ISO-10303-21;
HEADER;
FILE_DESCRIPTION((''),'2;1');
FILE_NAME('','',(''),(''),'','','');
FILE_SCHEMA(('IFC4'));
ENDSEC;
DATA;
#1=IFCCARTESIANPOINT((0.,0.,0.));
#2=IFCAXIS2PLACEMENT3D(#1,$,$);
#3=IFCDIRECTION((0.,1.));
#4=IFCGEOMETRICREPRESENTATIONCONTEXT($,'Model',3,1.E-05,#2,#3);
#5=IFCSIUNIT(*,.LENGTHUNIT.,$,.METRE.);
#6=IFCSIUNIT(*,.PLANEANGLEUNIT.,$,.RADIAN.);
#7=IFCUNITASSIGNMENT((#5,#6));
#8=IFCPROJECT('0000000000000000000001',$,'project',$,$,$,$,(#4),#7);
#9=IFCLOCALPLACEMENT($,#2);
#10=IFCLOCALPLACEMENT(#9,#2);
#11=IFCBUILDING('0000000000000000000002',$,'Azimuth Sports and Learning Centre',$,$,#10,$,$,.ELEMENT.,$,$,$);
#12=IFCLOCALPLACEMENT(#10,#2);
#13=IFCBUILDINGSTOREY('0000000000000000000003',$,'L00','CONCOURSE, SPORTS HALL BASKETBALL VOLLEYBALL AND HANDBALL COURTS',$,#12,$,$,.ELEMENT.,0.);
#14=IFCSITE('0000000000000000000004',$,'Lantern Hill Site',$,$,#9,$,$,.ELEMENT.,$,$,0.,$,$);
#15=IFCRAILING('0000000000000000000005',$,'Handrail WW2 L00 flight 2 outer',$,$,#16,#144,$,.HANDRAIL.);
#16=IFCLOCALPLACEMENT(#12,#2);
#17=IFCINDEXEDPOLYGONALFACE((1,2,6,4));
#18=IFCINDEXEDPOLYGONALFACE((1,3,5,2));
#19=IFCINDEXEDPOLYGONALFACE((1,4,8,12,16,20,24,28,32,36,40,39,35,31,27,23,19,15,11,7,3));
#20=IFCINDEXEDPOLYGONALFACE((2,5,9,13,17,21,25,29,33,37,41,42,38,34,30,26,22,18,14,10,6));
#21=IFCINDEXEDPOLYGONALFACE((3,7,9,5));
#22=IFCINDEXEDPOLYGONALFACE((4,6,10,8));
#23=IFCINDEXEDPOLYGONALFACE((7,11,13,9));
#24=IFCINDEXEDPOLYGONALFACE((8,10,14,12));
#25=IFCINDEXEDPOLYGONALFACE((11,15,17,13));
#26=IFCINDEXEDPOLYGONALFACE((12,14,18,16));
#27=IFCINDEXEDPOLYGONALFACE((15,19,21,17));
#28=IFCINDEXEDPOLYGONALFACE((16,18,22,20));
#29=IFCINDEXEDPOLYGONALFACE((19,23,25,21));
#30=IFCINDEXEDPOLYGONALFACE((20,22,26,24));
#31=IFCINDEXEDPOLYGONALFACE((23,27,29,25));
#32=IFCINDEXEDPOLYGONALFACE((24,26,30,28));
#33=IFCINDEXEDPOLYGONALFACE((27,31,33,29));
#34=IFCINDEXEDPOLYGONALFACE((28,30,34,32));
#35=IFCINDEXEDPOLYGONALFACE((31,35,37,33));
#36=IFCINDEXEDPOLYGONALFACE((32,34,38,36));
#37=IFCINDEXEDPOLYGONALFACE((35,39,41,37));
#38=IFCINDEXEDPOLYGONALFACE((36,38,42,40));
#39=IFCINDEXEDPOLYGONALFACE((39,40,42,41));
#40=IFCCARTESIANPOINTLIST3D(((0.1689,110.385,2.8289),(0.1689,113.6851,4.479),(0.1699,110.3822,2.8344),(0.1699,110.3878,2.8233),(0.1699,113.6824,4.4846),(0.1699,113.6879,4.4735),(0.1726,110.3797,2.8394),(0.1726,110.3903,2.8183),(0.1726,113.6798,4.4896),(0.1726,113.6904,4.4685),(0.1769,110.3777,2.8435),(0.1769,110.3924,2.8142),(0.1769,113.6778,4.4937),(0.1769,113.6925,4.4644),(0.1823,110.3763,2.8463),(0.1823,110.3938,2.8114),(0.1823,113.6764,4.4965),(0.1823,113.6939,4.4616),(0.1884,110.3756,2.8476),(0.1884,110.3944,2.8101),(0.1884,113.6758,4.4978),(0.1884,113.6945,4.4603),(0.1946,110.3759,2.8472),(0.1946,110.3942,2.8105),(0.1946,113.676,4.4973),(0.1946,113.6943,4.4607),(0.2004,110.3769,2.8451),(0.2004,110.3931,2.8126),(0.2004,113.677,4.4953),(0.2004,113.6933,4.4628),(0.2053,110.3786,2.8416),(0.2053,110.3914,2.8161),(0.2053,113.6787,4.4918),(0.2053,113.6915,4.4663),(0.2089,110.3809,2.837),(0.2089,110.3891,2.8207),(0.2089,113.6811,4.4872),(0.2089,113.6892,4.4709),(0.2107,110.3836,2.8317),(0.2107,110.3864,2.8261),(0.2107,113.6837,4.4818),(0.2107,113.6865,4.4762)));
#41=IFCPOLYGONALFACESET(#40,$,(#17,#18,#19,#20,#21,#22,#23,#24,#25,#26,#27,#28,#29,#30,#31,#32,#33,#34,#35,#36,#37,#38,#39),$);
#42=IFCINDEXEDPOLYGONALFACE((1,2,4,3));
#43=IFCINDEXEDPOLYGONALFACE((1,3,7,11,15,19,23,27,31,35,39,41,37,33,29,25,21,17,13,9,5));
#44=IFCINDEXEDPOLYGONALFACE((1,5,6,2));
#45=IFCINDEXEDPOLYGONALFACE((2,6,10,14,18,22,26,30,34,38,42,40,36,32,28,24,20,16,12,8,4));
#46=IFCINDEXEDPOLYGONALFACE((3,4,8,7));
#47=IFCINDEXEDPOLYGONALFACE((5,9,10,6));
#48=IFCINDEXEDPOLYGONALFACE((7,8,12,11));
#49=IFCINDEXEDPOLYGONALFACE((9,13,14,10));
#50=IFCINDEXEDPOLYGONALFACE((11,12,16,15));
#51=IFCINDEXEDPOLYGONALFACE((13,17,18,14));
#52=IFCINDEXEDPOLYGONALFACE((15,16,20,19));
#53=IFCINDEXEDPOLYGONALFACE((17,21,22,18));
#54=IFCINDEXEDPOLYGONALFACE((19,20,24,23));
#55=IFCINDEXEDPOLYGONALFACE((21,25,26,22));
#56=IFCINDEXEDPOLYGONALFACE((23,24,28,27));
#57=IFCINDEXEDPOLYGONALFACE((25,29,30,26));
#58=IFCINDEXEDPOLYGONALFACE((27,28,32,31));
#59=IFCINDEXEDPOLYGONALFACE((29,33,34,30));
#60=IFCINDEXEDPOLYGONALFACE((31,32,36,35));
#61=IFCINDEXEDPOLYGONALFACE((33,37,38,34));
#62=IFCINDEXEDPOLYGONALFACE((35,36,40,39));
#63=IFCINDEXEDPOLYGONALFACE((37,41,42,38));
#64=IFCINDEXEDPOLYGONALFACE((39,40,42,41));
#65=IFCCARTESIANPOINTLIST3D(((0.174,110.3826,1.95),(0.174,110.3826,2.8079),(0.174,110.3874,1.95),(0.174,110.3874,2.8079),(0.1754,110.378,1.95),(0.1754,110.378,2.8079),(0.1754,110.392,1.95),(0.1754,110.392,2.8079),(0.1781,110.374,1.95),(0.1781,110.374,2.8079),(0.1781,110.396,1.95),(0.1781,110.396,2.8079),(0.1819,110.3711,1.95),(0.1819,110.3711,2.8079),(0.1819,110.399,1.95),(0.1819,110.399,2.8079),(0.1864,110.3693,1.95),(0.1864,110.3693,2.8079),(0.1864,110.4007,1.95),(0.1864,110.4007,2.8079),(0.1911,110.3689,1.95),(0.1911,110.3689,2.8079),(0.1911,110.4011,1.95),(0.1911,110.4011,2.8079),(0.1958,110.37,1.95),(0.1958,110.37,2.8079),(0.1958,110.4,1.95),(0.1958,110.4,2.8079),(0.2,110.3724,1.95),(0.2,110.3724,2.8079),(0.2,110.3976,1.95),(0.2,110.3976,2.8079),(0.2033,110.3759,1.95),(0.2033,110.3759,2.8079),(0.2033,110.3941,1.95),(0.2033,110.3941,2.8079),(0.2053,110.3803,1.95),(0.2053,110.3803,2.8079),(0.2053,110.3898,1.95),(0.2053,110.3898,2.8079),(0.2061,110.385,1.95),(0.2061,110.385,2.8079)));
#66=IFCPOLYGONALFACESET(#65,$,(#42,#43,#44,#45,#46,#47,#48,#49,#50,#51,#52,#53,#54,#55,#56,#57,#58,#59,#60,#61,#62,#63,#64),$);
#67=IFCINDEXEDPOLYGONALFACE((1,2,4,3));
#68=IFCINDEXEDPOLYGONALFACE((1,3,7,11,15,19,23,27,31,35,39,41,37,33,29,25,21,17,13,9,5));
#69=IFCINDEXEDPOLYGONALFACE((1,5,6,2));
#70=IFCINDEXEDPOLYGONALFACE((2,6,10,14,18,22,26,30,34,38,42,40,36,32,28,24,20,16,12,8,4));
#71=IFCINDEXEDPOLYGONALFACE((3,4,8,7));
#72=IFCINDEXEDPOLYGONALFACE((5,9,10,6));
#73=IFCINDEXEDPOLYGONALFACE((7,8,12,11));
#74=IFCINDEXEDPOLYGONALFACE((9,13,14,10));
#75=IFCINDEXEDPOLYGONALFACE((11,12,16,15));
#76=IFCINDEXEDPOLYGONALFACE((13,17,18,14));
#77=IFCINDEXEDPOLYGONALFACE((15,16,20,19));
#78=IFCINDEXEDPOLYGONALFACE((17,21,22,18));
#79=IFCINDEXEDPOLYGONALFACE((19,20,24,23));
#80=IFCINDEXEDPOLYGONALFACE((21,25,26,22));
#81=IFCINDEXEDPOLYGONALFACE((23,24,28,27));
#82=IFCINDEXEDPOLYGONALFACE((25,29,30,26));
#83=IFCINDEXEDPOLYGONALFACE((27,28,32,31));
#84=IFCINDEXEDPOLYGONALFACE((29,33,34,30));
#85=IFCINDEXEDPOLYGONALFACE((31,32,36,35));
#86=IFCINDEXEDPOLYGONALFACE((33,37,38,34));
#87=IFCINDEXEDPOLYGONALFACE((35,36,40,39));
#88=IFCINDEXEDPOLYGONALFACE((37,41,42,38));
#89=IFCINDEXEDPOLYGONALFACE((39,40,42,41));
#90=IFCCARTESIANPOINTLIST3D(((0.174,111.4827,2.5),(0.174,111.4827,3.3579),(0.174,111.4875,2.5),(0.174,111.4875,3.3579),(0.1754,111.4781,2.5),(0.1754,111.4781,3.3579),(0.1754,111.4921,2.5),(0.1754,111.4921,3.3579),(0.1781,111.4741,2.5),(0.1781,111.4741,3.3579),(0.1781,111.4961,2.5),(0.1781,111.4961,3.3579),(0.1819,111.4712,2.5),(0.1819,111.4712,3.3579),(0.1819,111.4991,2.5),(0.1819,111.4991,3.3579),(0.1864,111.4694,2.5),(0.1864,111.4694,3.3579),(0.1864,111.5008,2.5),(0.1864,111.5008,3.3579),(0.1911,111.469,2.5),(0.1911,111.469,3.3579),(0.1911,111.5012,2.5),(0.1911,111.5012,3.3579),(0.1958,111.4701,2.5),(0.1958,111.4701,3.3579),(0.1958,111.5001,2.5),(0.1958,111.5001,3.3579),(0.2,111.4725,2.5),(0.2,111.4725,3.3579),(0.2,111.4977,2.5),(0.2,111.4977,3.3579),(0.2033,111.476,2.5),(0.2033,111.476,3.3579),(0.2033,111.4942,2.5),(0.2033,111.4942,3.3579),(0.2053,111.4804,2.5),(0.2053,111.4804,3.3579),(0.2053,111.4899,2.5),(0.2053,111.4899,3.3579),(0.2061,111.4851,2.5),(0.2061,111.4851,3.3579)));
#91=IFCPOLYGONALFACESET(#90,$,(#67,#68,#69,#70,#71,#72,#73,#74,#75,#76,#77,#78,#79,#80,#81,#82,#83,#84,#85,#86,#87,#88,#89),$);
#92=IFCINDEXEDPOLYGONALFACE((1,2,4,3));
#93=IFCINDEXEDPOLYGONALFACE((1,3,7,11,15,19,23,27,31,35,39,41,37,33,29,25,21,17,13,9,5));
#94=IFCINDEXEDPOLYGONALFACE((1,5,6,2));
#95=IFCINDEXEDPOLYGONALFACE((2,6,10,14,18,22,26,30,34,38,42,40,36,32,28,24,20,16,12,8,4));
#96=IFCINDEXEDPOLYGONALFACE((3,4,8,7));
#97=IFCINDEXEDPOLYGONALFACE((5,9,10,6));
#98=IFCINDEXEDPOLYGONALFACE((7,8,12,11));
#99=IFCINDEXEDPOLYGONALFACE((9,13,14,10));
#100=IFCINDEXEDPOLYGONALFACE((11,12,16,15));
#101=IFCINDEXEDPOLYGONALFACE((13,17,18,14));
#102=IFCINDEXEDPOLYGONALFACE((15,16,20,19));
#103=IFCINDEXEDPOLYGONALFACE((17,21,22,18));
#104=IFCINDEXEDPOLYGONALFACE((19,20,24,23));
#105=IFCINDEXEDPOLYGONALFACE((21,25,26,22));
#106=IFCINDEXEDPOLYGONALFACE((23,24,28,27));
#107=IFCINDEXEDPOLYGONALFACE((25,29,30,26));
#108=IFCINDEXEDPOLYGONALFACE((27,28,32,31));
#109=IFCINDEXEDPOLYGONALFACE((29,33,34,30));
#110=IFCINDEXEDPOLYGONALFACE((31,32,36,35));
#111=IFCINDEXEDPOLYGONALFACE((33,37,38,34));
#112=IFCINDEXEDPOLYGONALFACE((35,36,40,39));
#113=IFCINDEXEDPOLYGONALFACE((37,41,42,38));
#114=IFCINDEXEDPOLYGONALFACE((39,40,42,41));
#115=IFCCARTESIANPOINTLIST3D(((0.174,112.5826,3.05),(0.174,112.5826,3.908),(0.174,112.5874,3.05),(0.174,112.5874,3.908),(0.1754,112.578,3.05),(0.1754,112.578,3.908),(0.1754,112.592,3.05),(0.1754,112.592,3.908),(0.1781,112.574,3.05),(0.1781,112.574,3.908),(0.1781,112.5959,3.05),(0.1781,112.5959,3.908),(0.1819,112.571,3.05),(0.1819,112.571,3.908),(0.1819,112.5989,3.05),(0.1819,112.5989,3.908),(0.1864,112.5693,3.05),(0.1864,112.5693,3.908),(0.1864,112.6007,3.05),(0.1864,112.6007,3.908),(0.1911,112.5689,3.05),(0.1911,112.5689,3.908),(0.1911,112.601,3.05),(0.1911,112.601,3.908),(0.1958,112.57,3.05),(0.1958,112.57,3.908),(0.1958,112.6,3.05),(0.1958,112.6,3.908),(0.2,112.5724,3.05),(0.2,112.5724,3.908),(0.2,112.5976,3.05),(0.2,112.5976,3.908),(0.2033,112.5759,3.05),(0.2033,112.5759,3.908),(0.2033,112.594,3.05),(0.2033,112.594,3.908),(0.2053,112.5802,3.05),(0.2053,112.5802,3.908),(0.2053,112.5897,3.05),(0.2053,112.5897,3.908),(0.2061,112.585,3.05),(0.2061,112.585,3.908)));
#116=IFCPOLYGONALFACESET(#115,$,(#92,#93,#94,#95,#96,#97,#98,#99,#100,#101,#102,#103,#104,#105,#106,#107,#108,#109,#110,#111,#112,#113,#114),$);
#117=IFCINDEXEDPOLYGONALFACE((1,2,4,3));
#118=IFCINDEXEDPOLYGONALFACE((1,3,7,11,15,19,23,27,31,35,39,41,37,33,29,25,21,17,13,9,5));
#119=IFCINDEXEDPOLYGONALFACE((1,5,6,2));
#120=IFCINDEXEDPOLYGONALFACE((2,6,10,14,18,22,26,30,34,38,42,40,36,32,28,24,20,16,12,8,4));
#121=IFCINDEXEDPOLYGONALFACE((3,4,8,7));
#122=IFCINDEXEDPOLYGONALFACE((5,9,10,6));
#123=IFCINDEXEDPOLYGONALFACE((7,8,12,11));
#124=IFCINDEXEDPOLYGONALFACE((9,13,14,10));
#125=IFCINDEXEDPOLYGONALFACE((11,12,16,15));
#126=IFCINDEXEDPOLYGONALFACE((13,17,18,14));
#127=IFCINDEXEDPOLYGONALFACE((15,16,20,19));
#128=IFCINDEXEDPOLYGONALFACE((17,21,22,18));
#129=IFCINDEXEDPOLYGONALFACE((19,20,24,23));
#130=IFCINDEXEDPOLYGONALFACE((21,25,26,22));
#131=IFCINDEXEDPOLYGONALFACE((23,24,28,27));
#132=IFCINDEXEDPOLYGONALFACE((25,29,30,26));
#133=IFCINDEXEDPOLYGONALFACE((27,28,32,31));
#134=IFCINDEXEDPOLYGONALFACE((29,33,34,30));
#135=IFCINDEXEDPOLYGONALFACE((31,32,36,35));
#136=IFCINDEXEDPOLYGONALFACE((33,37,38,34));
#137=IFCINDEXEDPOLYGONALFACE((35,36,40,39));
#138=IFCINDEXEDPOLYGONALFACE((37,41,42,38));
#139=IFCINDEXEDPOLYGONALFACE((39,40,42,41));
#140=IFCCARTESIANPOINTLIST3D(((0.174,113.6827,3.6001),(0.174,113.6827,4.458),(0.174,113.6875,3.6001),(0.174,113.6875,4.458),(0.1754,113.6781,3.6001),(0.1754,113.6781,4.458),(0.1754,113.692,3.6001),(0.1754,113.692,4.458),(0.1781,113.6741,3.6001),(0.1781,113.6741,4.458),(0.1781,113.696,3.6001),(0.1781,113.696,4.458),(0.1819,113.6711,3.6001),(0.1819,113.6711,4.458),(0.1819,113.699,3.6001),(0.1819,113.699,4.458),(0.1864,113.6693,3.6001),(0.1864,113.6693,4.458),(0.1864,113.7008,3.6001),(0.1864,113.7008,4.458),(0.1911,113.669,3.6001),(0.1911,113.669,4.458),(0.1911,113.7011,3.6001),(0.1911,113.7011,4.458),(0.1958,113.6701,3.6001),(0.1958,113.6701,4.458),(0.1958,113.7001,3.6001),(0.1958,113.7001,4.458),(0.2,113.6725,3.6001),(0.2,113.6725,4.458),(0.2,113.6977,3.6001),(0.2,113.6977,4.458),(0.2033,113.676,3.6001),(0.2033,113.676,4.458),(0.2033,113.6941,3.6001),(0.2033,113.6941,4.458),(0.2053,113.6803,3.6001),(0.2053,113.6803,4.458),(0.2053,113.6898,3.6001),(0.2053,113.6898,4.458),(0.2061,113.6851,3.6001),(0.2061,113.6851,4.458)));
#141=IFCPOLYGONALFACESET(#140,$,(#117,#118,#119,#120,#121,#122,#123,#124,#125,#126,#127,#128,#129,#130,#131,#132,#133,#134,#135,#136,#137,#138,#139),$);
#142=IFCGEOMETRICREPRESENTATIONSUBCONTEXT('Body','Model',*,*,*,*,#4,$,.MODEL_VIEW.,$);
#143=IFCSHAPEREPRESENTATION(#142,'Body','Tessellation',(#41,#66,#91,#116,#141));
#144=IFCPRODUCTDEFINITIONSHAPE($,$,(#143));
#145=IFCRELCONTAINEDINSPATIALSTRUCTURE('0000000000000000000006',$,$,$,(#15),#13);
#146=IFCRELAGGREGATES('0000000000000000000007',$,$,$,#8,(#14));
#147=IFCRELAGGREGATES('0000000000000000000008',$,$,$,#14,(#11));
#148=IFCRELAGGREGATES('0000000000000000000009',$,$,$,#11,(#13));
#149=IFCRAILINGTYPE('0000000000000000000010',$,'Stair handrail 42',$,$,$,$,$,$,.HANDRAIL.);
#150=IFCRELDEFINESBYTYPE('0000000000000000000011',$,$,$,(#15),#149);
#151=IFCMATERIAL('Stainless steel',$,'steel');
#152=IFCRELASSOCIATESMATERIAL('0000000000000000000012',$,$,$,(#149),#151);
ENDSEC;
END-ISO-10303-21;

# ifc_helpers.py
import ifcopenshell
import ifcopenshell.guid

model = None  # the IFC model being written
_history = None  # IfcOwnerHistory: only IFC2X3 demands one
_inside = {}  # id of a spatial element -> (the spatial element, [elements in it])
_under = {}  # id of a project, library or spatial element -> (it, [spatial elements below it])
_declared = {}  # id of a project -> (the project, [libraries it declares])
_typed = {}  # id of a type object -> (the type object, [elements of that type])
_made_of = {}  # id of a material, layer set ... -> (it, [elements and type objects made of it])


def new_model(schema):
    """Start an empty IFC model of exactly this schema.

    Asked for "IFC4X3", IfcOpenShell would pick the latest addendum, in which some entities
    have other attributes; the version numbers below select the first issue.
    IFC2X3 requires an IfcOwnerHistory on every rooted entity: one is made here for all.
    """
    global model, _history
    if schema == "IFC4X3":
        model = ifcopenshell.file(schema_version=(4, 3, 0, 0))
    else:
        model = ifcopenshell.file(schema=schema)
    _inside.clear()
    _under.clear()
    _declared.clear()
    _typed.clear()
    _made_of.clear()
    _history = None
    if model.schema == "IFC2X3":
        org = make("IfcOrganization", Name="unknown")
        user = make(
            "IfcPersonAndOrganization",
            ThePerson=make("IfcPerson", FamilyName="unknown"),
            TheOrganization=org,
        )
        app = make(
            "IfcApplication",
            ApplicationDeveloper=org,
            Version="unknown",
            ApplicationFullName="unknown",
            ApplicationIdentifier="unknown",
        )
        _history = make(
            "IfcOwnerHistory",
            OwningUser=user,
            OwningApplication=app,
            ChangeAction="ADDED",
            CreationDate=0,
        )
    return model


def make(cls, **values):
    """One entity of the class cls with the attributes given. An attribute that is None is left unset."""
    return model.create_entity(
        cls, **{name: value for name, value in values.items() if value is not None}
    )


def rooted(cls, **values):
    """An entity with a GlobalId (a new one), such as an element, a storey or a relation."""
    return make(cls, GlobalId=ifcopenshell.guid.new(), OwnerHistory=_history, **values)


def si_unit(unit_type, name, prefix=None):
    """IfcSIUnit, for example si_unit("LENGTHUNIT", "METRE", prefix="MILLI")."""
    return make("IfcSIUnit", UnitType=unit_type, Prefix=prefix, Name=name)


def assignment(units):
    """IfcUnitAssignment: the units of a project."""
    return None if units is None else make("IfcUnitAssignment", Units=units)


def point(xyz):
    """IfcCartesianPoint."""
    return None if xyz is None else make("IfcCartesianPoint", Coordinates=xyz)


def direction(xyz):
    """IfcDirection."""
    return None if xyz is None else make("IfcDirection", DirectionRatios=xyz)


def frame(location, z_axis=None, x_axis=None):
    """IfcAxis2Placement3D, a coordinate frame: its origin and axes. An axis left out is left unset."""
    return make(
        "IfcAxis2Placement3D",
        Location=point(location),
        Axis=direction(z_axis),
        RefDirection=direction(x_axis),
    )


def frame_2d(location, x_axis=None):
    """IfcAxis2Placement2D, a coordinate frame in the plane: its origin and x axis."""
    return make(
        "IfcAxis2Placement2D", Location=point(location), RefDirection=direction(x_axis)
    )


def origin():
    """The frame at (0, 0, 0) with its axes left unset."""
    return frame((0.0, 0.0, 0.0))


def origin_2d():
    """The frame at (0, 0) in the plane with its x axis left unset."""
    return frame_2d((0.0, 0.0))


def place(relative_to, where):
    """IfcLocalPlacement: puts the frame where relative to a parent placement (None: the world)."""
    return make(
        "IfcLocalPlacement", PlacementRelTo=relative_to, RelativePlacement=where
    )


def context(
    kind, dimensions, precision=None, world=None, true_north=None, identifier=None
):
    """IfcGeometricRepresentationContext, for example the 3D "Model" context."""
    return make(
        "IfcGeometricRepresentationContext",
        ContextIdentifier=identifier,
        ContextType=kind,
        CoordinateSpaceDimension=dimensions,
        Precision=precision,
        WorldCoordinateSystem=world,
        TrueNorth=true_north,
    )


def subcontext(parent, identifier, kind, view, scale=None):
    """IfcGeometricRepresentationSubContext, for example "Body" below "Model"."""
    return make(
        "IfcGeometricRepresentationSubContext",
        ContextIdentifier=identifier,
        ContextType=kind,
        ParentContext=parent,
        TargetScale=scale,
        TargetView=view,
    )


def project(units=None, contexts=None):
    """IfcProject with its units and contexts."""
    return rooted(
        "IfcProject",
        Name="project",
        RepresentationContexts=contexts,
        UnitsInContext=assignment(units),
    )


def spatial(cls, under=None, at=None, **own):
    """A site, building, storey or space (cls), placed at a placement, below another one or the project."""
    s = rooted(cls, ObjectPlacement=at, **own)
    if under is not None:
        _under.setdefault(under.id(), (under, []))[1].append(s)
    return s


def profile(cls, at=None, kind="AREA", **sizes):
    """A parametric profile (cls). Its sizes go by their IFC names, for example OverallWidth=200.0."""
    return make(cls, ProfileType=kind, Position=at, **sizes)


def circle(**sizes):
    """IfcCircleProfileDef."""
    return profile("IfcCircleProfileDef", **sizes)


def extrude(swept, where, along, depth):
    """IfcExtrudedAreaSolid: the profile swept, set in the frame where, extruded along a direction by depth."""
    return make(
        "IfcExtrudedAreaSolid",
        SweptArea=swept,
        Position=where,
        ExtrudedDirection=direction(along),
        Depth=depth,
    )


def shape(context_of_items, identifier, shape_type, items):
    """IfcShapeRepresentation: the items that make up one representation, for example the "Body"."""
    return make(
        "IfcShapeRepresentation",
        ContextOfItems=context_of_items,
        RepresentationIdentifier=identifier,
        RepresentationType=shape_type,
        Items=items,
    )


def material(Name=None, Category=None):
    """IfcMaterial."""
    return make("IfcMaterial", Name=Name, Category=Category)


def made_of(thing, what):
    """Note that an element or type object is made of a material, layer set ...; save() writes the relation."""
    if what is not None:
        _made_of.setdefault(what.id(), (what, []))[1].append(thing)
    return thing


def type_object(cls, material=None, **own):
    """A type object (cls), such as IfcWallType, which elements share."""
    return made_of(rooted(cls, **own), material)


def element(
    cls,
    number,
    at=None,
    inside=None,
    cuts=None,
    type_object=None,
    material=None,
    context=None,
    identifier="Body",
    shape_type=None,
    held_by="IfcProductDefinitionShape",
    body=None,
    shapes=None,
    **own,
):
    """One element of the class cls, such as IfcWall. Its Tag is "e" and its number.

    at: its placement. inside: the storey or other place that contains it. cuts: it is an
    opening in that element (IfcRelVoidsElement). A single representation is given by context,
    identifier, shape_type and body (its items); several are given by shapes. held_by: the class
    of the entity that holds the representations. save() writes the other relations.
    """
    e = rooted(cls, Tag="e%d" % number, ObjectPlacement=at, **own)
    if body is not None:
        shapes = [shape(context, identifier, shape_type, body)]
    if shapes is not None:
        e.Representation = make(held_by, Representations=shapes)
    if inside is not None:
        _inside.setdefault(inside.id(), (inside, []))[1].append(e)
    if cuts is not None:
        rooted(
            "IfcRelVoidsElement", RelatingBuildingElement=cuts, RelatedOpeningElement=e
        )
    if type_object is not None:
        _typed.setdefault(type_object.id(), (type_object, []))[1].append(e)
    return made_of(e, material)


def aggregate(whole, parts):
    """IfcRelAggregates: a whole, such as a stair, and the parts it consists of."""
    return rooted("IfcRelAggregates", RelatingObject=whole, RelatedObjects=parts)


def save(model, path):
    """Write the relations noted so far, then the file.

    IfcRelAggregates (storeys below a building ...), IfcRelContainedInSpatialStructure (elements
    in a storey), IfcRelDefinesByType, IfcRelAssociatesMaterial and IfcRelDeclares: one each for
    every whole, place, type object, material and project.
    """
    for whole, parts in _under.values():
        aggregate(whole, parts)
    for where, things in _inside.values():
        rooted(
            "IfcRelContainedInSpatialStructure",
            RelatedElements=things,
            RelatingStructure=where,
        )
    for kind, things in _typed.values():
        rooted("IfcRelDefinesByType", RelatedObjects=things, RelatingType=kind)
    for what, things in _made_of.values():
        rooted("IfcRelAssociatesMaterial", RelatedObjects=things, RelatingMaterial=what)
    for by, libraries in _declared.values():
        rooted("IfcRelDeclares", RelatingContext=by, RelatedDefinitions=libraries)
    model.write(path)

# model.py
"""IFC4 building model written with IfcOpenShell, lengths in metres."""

from ifc_helpers import new_model, si_unit, direction, frame, origin, origin_2d, place, context, subcontext, project, spatial, circle, extrude, material, type_object, element, save


model = new_model("IFC4")

# Units and contexts
model_context = context("Model", 3, precision=1e-05, world=origin(), true_north=direction((0.0, 1.0)))
body_context = subcontext(model_context, "Body", "Model", "MODEL_VIEW")
ifc_project = project(units=[si_unit("LENGTHUNIT", "METRE"), si_unit("PLANEANGLEUNIT", "RADIAN")], contexts=[model_context])

# Site, building, storey
site_placement = place(None, origin())
site = spatial("IfcSite", under=ifc_project, at=site_placement, Name="Lantern Hill Site", CompositionType="ELEMENT", RefElevation=0.0)
building_placement = place(site_placement, origin())
building = spatial("IfcBuilding", under=site, at=building_placement, Name="Azimuth Sports and Learning Centre", CompositionType="ELEMENT")
storey_placement = place(building_placement, origin())
storey = spatial("IfcBuildingStorey", under=building, at=storey_placement, Name="L00", Description="CONCOURSE, SPORTS HALL BASKETBALL VOLLEYBALL AND HANDBALL COURTS", CompositionType="ELEMENT", Elevation=0.0)

# Railing
ifc_material_1 = material(Name="Stainless steel", Category="steel")
railing_type = type_object("IfcRailingType", Name="Stair handrail 42", PredefinedType="HANDRAIL", material=ifc_material_1)
for number, where, name in (
    (1, (0.1899, 110.385, 1.95), "Handrail WW2 L00 flight 2 outer"),
):
    element("IfcRailing", number, at=place(storey_placement, frame(where)), inside=storey, type_object=railing_type, Name=name, PredefinedType="HANDRAIL", context=body_context, shape_type="SweptSolid", body=[
        extrude(circle(Radius=0.021, at=origin_2d()), frame((0.0, 0.0, 0.8789), z_axis=(0.0, 0.894414, 0.44724), x_axis=(-1.0, 0.0, 0.0)), (0.0, 0.0, 1.0), 3.6897),
        extrude(circle(Radius=0.0161, at=origin_2d()), origin(), (0.0, 0.0, 1.0), 0.8579),
        extrude(circle(Radius=0.0161, at=origin_2d()), frame((0.0, 1.1001, 0.55)), (0.0, 0.0, 1.0), 0.8579),
        extrude(circle(Radius=0.0161, at=origin_2d()), frame((0.0, 2.2, 1.1001)), (0.0, 0.0, 1.0), 0.8579),
        extrude(circle(Radius=0.0161, at=origin_2d()), frame((0.0, 3.3, 1.6501)), (0.0, 0.0, 1.0), 0.8579),
    ])

save(model, "model.ifc")
